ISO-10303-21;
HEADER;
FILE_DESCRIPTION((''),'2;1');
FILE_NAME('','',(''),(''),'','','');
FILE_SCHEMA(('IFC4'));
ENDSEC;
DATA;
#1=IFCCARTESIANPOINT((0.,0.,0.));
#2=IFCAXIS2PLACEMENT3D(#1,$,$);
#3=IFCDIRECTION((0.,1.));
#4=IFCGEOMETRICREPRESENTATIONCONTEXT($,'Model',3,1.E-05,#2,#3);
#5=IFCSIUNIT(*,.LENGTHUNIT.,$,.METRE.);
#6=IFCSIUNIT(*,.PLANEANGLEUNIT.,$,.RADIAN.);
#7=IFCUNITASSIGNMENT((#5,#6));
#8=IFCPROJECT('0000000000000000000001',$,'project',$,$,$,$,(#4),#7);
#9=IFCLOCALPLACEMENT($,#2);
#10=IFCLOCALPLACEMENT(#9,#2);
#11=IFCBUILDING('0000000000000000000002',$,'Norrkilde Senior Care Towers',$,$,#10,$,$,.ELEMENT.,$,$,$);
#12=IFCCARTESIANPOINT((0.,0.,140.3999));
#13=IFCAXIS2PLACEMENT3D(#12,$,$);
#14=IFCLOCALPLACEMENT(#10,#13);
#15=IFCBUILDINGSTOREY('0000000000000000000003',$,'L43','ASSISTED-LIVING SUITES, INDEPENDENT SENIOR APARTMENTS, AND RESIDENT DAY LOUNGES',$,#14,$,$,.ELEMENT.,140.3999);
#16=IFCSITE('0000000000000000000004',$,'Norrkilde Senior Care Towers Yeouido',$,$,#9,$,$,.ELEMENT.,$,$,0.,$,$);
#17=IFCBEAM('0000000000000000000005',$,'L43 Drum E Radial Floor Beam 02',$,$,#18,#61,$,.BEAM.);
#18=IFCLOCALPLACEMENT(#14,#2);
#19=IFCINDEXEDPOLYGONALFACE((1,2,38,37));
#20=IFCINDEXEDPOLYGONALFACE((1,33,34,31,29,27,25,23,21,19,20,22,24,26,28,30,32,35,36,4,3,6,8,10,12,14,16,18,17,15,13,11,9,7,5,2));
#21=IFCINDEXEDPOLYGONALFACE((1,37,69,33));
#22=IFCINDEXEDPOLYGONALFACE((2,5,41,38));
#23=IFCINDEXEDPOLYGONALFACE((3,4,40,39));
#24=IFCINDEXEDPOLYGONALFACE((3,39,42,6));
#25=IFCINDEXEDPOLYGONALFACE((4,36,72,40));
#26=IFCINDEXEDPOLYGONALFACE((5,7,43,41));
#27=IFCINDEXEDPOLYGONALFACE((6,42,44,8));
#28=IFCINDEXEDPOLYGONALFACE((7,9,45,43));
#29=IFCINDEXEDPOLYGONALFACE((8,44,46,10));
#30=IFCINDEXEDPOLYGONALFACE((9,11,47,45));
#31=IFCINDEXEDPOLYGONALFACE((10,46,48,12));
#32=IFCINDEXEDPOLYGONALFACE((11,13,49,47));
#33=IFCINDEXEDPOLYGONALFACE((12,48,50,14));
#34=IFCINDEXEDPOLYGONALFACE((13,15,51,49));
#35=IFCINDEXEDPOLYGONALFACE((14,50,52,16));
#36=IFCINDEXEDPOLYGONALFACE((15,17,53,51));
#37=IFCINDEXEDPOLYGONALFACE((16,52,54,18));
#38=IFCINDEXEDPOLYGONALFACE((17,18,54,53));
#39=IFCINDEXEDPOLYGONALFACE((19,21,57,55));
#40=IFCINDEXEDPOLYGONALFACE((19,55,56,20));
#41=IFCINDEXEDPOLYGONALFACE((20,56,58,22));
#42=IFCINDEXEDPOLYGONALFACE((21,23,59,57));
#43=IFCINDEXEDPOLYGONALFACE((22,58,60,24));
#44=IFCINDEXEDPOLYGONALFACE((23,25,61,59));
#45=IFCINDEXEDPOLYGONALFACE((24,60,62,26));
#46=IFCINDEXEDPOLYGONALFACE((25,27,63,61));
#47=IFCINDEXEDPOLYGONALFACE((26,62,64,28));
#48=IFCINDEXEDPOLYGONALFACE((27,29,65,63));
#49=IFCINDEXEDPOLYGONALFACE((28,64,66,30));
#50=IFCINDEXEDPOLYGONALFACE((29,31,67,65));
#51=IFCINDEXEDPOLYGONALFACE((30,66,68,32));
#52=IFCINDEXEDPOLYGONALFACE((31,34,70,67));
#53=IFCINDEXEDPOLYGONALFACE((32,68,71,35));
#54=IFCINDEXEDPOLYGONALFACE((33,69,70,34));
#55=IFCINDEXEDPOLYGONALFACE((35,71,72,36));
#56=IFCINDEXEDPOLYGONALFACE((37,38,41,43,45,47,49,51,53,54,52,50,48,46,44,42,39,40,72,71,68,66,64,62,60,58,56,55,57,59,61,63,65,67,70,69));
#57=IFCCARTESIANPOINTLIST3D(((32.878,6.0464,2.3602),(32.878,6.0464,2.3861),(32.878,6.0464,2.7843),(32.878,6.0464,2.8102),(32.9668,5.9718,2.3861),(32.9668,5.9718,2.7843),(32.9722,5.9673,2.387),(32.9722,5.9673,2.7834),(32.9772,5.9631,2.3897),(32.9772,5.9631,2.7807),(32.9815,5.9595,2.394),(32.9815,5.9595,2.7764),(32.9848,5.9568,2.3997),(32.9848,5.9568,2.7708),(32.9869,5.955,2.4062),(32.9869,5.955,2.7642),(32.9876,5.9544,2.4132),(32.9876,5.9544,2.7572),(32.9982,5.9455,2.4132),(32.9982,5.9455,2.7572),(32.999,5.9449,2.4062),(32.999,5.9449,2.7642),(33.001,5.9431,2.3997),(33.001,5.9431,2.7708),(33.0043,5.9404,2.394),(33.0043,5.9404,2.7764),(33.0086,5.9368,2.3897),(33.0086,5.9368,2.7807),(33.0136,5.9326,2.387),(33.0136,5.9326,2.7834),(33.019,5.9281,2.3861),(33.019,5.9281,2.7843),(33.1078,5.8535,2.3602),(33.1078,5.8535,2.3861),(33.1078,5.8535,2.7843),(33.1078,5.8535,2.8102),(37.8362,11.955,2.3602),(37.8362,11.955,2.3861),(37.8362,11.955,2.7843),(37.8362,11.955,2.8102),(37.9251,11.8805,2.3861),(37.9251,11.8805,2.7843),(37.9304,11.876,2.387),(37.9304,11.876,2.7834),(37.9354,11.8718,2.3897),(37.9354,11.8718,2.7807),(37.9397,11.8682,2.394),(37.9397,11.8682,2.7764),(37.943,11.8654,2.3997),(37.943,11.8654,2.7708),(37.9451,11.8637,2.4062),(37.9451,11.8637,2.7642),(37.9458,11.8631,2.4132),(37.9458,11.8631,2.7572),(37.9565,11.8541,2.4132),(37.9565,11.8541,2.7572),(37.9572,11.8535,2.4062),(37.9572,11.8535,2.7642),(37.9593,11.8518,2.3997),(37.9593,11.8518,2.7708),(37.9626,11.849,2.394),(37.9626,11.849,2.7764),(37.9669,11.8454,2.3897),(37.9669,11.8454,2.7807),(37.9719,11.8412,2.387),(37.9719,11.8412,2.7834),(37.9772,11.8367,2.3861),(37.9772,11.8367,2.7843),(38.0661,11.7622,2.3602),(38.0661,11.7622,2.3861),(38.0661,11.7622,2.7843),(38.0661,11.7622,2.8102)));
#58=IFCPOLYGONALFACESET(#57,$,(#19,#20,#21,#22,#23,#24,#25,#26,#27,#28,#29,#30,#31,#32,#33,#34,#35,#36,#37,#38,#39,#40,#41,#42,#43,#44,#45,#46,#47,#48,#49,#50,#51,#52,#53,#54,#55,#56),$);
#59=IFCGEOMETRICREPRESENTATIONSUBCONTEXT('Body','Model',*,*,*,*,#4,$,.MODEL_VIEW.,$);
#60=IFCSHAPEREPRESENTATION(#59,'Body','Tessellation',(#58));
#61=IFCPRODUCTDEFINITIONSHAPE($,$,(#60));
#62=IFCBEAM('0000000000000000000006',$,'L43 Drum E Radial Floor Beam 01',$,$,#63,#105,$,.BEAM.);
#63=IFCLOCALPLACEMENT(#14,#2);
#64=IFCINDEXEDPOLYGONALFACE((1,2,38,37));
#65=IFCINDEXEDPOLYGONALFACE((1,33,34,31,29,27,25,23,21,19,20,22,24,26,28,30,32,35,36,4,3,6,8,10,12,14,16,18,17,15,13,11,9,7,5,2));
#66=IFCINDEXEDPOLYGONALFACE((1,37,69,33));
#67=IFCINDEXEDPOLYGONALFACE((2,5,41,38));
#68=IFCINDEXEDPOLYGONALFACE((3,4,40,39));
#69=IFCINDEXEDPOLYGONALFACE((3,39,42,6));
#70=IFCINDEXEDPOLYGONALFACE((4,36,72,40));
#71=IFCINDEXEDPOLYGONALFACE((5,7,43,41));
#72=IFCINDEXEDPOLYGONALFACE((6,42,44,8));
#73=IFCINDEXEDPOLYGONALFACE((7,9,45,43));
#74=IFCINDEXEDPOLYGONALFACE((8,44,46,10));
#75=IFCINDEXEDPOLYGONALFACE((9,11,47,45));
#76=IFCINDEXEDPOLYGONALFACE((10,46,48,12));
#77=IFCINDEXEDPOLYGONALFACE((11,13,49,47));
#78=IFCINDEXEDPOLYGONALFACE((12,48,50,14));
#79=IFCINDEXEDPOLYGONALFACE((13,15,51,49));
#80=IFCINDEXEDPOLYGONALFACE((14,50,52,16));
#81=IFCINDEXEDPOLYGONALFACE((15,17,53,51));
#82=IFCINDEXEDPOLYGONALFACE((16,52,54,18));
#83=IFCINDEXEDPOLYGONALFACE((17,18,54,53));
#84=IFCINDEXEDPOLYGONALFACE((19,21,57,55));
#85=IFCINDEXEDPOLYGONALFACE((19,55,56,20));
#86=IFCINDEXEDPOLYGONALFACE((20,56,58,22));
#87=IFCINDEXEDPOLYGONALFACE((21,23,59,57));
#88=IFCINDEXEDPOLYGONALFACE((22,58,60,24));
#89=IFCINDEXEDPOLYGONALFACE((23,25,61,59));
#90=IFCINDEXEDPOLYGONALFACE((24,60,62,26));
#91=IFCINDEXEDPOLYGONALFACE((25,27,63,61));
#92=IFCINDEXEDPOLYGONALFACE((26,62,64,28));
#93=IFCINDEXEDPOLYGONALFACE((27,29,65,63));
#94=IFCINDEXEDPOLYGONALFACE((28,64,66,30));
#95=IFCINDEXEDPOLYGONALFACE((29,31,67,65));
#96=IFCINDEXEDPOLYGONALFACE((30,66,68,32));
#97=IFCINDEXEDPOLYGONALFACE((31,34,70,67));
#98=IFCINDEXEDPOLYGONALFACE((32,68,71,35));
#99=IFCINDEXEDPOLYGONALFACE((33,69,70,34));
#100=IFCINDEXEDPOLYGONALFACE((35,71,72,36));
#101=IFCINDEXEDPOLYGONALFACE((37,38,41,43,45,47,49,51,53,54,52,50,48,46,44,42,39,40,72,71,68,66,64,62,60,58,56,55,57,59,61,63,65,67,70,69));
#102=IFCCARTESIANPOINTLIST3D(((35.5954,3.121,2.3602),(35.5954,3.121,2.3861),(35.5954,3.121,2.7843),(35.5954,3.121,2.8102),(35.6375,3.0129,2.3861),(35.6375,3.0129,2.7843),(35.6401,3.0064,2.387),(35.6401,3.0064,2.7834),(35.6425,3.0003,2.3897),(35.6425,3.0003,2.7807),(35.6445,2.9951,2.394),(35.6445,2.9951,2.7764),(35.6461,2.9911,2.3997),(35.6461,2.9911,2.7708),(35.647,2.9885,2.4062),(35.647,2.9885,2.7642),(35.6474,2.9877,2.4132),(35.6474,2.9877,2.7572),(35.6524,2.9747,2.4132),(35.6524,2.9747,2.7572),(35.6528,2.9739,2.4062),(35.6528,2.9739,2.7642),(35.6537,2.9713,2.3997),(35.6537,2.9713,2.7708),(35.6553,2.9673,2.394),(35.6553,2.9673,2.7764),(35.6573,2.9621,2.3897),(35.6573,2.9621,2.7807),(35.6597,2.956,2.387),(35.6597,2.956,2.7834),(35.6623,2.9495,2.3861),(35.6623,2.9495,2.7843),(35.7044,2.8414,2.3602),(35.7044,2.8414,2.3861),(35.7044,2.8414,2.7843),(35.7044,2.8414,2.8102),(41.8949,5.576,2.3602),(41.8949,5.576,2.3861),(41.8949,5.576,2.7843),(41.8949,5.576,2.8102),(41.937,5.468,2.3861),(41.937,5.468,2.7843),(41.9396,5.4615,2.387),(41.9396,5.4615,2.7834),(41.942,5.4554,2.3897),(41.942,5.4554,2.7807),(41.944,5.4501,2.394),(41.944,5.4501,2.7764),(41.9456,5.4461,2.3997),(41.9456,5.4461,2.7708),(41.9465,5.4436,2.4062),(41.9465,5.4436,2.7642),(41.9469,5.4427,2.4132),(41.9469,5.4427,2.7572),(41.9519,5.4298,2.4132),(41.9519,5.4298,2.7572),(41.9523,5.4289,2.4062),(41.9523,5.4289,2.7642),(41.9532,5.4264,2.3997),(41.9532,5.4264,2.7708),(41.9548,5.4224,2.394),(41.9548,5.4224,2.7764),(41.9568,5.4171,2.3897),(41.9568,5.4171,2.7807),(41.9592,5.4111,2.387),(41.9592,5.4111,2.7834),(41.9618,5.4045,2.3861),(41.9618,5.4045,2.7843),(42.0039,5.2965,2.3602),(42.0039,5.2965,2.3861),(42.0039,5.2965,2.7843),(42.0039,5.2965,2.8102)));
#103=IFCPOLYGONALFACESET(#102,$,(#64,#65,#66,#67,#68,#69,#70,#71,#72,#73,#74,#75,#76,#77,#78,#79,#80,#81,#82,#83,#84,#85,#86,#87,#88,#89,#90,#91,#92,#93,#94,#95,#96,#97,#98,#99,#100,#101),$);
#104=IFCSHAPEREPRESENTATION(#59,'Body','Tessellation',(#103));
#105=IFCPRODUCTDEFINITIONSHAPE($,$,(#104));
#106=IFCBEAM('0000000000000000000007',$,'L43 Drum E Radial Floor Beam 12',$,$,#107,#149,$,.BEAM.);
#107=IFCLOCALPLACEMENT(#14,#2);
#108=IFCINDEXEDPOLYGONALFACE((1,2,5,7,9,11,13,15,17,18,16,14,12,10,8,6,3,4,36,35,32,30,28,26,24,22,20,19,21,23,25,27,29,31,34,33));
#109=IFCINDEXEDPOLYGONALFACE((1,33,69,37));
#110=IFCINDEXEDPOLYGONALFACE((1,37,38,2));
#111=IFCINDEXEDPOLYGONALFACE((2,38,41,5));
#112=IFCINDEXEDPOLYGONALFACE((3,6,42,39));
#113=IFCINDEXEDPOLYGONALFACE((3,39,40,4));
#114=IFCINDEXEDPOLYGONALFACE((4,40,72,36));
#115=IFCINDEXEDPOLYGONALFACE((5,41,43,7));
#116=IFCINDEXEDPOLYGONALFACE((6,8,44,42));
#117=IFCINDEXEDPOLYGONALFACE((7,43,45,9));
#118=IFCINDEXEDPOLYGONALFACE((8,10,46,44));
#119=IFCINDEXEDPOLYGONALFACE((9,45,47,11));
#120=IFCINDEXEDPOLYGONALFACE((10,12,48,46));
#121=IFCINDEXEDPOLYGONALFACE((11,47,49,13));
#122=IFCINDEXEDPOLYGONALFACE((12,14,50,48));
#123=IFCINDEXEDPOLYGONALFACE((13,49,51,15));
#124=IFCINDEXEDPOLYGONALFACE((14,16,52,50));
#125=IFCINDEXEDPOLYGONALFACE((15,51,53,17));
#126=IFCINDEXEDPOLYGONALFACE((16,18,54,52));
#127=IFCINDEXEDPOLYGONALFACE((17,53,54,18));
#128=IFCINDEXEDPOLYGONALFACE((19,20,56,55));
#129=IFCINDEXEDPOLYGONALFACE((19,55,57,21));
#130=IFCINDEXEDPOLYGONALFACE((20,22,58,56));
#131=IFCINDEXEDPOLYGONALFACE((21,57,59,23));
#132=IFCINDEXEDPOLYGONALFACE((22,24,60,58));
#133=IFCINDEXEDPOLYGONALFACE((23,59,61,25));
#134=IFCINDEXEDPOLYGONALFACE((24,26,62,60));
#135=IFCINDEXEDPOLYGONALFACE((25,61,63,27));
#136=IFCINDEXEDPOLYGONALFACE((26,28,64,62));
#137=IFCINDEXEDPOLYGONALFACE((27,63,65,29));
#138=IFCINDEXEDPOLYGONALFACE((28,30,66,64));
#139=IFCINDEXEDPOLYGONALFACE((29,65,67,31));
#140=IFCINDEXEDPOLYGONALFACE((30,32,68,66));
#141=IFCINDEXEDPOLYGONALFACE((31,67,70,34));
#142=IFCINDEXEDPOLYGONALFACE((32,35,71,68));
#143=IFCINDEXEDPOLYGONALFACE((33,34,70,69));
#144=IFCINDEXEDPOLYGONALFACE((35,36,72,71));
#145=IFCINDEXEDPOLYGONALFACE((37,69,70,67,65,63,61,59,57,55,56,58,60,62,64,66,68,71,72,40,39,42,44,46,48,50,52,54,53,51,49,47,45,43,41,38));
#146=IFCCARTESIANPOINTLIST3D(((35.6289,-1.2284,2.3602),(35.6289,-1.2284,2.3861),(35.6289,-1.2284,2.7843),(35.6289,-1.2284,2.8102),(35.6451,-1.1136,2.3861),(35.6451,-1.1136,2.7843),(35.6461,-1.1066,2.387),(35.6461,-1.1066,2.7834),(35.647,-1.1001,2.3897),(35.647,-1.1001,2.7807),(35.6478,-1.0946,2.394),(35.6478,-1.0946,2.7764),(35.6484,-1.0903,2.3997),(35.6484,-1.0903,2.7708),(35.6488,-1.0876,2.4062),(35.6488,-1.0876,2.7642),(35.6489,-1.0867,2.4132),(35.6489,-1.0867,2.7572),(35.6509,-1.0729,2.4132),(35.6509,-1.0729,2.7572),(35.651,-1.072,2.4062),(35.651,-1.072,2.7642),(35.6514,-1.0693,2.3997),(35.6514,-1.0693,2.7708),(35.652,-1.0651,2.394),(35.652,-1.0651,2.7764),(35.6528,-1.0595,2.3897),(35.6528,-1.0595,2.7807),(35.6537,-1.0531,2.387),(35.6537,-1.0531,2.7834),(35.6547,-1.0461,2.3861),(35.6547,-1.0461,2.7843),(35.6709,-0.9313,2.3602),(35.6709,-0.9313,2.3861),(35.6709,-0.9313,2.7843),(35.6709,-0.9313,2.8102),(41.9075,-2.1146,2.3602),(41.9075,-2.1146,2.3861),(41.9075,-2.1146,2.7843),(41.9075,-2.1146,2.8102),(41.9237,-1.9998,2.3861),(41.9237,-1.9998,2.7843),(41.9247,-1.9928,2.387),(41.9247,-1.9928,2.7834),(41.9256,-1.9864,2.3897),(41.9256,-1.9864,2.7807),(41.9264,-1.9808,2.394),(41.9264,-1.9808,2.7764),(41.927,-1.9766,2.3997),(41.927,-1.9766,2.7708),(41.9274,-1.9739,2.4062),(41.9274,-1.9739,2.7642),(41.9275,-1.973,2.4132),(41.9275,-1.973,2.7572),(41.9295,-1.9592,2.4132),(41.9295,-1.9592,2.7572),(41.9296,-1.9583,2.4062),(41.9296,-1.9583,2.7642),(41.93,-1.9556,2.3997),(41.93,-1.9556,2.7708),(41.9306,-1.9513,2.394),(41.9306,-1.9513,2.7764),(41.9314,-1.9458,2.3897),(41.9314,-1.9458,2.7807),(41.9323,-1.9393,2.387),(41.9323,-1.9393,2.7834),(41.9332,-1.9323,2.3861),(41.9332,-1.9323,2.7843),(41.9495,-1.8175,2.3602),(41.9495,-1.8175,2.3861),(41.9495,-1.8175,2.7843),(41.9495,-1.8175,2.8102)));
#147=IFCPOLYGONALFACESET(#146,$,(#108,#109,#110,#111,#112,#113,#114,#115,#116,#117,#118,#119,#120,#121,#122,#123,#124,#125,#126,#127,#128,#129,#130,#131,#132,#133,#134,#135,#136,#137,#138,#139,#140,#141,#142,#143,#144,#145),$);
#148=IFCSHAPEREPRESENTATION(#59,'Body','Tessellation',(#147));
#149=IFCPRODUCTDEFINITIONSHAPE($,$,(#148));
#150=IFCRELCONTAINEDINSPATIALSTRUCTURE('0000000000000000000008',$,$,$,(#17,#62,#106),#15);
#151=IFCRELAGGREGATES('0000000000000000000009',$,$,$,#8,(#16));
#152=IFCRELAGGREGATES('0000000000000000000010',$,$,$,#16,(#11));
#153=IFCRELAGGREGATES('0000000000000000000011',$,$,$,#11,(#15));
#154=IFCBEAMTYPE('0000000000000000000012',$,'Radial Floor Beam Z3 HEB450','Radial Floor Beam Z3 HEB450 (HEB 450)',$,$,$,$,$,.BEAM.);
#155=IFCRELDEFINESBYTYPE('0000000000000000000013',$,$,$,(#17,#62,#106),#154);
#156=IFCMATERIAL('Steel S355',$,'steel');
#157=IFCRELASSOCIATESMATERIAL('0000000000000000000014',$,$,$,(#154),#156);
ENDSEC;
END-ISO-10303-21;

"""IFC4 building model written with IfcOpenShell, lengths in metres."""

from ifc_helpers import new_model, si_unit, direction, frame, origin, origin_2d, place, context, subcontext, project, spatial, i_section, extrude, source, transform, mapped, material, material_profile, profile_set, type_object, element, save


model = new_model("IFC4")

# Units and contexts
model_context = context("Model", 3, precision=1e-05, world=origin(), true_north=direction((0.0, 1.0)))
body_context = subcontext(model_context, "Body", "Model", "MODEL_VIEW")
ifc_project = project(units=[si_unit("LENGTHUNIT", "METRE"), si_unit("PLANEANGLEUNIT", "RADIAN")], contexts=[model_context])

# Site, building, storey
site_placement = place(None, origin())
site = spatial("IfcSite", under=ifc_project, at=site_placement, Name="Norrkilde Senior Care Towers Yeouido", CompositionType="ELEMENT", RefElevation=0.0)
building_placement = place(site_placement, origin())
building = spatial("IfcBuilding", under=site, at=building_placement, Name="Norrkilde Senior Care Towers", CompositionType="ELEMENT")
storey_placement = place(building_placement, frame((0.0, 0.0, 140.3999)))
storey = spatial("IfcBuildingStorey", under=building, at=storey_placement, Name="L43", Description="ASSISTED-LIVING SUITES, INDEPENDENT SENIOR APARTMENTS, AND RESIDENT DAY LOUNGES", CompositionType="ELEMENT", Elevation=140.3999)

# Beams
ifc_material_1 = material(Name="Steel S355", Category="steel")
ifc_material_profile_1 = material_profile(ifc_material_1, i_section(OverallWidth=0.3, OverallDepth=0.45, WebThickness=0.0139, FlangeThickness=0.0259, FilletRadius=0.0271, at=origin_2d()), Name="HEB 450")
ifc_profile_set_1 = profile_set([ifc_material_profile_1], Name="Steel S355")
beam_type_1 = type_object("IfcBeamType", Name="Radial Floor Beam Z3 HEB450", Description="Radial Floor Beam Z3 HEB450 (HEB 450)", PredefinedType="BEAM", material=ifc_profile_set_1)
shared_shape_1 = source(origin(), body_context, "Body", "SweptSolid", [
    extrude(i_section(OverallWidth=0.3, OverallDepth=0.45, WebThickness=0.0139, FlangeThickness=0.0259, FilletRadius=0.0271, at=origin_2d()), origin(), (0.0, 0.0, 1.0), 7.7134),
])
beam_1_placement = place(storey_placement, frame((32.9929, 5.95, 2.5852), z_axis=(0.642808, 0.766027, 0.0), x_axis=(-0.766027, 0.642808, 0.0)))
element("IfcBeam", 1, at=beam_1_placement, inside=storey, type_object=beam_type_1, Name="L43 Drum E Radial Floor Beam 02", PredefinedType="BEAM", context=body_context, shape_type="MappedRepresentation", body=[
    mapped(shared_shape_1, transform((0.0, 0.0, 0.0), x_axis=(1.0, 0.0, 0.0), y_axis=(0.0, 1.0, 0.0), z_axis=(0.0, 0.0, 1.0), scale=1.0)),
])
shared_shape_2 = source(origin(), body_context, "Body", "SweptSolid", [
    extrude(i_section(OverallWidth=0.3, OverallDepth=0.45, WebThickness=0.0139, FlangeThickness=0.0259, FilletRadius=0.0271, at=origin_2d()), origin(), (0.0, 0.0, 1.0), 6.761),
])
beam_2_placement = place(storey_placement, frame((35.6499, 2.9812, 2.5852), z_axis=(0.931742, 0.363121, 0.0), x_axis=(-0.363121, 0.931742, 0.0)))
element("IfcBeam", 2, at=beam_2_placement, inside=storey, type_object=beam_type_1, Name="L43 Drum E Radial Floor Beam 01", PredefinedType="BEAM", context=body_context, shape_type="MappedRepresentation", body=[
    mapped(shared_shape_2, transform((0.0, 0.0, 0.0), x_axis=(1.0, 0.0, 0.0), y_axis=(0.0, 1.0, 0.0), z_axis=(0.0, 0.0, 1.0), scale=1.0)),
])
shared_shape_3 = source(origin(), body_context, "Body", "SweptSolid", [
    extrude(i_section(OverallWidth=0.3, OverallDepth=0.45, WebThickness=0.0139, FlangeThickness=0.0259, FilletRadius=0.0271, at=origin_2d()), origin(), (0.0, 0.0, 1.0), 6.3408),
])
beam_3_placement = place(storey_placement, frame((35.6499, -1.0798, 2.5852), z_axis=(0.990185, -0.139766, 0.0), x_axis=(0.139766, 0.990185, 0.0)))
element("IfcBeam", 3, at=beam_3_placement, inside=storey, type_object=beam_type_1, Name="L43 Drum E Radial Floor Beam 12", PredefinedType="BEAM", context=body_context, shape_type="MappedRepresentation", body=[
    mapped(shared_shape_3, transform((0.0, 0.0, 0.0), x_axis=(1.0, 0.0, 0.0), y_axis=(0.0, 1.0, 0.0), z_axis=(0.0, 0.0, 1.0), scale=1.0)),
])

save(model, "model.ifc")
